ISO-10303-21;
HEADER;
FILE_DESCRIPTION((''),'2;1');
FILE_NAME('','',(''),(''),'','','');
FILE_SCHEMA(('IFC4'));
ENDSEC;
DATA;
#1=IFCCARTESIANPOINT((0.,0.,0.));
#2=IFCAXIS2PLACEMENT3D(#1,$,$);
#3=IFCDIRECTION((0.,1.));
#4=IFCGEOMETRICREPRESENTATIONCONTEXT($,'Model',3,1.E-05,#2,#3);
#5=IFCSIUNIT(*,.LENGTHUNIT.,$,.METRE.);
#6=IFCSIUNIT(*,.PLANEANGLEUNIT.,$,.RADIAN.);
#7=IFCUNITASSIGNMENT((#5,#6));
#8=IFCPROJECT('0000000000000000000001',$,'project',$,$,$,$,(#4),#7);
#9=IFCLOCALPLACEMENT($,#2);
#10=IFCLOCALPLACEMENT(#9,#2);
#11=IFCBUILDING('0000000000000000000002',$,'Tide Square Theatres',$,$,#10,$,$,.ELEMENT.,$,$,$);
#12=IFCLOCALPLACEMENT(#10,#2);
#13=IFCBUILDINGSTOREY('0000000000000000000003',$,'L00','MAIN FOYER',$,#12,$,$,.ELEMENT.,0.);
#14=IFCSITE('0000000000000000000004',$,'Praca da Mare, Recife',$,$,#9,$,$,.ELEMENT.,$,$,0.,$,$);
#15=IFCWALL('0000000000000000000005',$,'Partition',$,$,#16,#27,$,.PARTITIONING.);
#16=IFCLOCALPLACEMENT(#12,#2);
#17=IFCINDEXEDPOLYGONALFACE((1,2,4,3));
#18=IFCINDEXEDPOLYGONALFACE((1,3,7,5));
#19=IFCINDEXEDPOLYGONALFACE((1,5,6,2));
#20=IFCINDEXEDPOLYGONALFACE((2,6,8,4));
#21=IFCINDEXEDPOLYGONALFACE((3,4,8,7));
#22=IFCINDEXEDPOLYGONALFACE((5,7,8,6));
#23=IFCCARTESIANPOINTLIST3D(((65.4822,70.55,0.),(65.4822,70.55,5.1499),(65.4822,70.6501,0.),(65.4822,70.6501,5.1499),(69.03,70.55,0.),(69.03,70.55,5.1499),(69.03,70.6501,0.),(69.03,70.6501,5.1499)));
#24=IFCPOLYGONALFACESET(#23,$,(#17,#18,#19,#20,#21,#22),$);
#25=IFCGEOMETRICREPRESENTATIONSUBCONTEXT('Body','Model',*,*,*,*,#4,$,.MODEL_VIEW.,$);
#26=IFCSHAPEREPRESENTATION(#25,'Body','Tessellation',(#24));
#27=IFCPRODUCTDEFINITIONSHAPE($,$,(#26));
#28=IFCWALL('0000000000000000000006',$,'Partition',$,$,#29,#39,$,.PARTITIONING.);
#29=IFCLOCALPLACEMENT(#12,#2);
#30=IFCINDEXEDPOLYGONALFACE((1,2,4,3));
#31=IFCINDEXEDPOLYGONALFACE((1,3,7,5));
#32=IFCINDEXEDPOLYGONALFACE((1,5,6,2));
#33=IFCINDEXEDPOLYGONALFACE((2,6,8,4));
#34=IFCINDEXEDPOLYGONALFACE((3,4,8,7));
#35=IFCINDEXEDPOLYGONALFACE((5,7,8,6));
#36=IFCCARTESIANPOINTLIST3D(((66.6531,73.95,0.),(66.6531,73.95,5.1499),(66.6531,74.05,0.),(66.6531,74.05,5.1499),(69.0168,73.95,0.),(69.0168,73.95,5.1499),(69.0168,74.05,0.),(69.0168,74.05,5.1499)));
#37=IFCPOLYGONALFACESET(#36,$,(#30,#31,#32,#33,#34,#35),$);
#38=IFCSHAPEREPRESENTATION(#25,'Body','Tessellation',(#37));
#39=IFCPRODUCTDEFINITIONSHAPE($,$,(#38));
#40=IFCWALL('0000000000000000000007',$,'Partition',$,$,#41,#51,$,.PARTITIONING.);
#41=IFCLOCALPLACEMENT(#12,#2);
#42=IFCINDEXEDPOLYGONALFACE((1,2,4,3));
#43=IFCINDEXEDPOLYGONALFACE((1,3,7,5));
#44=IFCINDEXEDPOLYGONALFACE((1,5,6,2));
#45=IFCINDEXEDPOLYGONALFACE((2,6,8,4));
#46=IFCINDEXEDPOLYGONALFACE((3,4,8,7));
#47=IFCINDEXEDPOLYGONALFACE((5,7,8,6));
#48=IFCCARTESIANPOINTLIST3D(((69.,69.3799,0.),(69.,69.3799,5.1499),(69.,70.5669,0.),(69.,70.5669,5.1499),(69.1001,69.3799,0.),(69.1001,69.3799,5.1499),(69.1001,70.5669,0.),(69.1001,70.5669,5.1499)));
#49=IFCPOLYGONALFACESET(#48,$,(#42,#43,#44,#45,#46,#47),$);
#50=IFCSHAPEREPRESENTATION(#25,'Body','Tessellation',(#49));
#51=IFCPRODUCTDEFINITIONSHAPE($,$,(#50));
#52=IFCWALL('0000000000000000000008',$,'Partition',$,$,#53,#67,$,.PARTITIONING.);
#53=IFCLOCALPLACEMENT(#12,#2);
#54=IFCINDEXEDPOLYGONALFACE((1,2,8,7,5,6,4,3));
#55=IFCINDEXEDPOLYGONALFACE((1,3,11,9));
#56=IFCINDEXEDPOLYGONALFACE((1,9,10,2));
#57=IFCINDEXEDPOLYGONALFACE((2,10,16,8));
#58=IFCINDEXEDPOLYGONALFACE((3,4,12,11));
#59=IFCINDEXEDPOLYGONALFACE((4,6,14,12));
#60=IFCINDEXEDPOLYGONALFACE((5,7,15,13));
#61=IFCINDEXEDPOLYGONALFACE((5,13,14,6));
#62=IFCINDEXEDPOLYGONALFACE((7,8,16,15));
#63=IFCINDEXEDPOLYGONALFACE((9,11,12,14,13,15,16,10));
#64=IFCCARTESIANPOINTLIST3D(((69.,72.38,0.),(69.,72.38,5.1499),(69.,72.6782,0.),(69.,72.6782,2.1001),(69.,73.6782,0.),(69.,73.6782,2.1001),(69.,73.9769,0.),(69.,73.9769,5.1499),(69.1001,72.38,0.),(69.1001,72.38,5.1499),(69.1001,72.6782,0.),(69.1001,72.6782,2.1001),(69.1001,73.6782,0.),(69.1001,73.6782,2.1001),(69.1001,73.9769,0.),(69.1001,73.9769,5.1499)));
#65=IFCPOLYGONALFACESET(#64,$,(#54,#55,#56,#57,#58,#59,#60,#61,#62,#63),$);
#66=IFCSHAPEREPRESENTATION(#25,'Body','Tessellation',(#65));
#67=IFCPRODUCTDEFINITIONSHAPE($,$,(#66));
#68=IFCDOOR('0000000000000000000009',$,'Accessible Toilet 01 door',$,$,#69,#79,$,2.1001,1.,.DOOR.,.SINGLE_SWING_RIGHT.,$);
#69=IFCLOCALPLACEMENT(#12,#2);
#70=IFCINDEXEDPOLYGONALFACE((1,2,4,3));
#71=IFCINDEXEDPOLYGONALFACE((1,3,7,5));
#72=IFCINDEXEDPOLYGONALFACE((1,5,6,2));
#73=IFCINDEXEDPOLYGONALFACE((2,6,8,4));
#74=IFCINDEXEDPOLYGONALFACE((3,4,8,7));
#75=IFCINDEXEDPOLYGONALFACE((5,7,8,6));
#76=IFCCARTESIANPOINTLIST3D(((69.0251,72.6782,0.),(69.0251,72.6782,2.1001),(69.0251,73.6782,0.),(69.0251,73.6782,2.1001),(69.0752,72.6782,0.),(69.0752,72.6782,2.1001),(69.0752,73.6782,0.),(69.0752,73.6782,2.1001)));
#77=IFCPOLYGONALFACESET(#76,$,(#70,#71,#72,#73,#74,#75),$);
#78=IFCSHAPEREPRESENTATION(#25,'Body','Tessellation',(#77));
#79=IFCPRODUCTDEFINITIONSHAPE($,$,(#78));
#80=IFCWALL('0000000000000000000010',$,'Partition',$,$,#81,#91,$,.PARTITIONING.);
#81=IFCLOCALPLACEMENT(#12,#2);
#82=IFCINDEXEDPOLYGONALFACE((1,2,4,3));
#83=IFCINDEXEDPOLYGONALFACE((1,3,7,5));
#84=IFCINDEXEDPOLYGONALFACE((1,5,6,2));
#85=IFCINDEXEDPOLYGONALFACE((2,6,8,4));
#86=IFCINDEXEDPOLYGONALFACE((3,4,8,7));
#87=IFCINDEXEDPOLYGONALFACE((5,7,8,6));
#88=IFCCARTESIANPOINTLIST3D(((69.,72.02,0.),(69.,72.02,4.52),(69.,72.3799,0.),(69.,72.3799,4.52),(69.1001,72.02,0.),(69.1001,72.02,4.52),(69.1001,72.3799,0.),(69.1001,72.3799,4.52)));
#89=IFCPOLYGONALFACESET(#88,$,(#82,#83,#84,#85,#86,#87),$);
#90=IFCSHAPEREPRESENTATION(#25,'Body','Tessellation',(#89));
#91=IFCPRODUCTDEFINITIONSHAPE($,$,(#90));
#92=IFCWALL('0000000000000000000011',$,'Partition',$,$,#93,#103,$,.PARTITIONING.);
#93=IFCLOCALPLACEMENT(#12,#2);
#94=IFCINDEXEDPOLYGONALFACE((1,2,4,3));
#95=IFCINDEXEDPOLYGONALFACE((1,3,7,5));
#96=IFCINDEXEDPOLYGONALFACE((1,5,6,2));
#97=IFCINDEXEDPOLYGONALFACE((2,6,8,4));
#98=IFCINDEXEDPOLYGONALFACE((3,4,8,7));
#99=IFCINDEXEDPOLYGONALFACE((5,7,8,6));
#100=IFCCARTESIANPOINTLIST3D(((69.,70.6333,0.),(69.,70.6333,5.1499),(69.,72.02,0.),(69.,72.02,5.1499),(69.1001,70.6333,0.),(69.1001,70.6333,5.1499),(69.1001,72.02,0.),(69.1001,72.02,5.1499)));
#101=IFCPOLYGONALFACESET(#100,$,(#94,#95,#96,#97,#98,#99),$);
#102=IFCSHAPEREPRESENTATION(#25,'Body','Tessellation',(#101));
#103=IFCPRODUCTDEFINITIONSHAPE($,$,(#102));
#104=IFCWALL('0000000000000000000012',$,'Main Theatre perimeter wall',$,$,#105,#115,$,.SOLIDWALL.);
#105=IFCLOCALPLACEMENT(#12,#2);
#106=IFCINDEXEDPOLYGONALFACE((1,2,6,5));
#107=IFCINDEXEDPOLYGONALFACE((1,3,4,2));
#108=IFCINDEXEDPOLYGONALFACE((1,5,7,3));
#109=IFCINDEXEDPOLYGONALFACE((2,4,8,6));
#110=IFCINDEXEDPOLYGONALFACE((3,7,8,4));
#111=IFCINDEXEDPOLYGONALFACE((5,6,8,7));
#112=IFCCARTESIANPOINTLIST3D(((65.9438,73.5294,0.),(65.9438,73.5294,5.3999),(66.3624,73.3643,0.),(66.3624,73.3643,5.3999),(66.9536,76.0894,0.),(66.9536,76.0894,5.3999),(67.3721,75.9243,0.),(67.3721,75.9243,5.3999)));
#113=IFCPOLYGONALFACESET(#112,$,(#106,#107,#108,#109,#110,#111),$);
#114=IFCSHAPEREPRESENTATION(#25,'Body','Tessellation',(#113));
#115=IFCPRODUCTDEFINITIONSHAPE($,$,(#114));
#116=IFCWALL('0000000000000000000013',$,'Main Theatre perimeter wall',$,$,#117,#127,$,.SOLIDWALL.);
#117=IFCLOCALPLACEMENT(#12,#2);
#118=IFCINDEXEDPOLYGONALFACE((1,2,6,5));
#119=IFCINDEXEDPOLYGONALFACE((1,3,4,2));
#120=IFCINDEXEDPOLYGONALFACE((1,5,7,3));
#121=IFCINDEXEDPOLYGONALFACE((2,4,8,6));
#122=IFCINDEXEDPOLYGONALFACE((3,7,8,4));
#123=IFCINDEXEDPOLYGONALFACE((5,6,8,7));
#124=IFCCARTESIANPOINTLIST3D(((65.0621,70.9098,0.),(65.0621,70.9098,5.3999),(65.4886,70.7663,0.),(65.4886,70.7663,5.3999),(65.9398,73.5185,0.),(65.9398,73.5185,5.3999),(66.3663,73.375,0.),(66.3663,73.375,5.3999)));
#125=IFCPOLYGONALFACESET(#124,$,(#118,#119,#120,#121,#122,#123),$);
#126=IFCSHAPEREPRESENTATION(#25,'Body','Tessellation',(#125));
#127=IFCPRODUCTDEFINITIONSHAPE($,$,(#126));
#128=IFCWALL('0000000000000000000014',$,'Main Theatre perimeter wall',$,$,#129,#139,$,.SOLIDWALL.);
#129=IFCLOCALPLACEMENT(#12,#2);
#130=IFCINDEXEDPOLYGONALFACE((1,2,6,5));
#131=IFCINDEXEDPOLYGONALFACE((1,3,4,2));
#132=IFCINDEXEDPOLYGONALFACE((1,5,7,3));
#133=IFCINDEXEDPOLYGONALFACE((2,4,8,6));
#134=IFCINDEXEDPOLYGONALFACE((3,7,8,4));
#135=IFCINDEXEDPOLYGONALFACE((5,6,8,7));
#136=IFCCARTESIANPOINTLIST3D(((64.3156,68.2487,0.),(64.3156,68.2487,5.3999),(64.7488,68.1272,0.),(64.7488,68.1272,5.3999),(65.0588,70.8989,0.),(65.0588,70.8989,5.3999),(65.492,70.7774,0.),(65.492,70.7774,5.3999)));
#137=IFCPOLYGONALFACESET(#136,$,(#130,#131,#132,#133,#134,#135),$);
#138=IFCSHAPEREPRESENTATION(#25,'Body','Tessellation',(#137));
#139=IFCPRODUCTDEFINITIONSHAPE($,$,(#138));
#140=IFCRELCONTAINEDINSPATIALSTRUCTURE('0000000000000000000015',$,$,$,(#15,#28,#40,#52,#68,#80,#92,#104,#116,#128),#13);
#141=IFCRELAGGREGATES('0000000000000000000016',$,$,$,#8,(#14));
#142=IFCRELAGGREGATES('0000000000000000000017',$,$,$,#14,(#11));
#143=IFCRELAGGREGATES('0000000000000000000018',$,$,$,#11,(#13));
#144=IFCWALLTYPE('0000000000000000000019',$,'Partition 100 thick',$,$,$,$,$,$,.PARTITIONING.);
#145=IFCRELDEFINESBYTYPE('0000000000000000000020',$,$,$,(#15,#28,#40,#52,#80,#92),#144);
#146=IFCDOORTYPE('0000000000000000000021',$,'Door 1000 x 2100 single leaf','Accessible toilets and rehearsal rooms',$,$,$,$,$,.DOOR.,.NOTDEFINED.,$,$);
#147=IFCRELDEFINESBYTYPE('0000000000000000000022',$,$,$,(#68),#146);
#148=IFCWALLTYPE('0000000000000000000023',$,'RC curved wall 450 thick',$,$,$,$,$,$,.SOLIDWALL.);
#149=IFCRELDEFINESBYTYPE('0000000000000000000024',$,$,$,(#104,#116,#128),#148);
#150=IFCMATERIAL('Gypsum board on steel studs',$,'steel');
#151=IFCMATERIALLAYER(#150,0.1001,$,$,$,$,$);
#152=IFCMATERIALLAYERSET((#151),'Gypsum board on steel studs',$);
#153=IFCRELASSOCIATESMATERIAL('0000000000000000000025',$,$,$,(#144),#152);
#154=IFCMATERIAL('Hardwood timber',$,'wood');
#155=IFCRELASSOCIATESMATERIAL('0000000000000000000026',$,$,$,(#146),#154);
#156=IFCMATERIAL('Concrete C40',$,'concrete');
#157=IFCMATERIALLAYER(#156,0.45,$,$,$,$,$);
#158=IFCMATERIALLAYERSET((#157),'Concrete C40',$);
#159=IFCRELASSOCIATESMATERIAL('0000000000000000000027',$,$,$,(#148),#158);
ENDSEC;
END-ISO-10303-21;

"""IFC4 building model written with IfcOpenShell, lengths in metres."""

from ifc_helpers import new_model, si_unit, direction, frame, frame_2d, origin, place, context, subcontext, project, spatial, rectangle, extrude, material, layer, layer_set, type_object, element, fill, save


model = new_model("IFC4")

# Units and contexts
model_context = context("Model", 3, precision=1e-05, world=origin(), true_north=direction((0.0, 1.0)))
body_context = subcontext(model_context, "Body", "Model", "MODEL_VIEW")
ifc_project = project(units=[si_unit("LENGTHUNIT", "METRE"), si_unit("PLANEANGLEUNIT", "RADIAN")], contexts=[model_context])

# Site, building, storey
site_placement = place(None, origin())
site = spatial("IfcSite", under=ifc_project, at=site_placement, Name="Praca da Mare, Recife", CompositionType="ELEMENT", RefElevation=0.0)
building_placement = place(site_placement, origin())
building = spatial("IfcBuilding", under=site, at=building_placement, Name="Tide Square Theatres", CompositionType="ELEMENT")
storey_placement = place(building_placement, origin())
storey = spatial("IfcBuildingStorey", under=building, at=storey_placement, Name="L00", Description="MAIN FOYER", CompositionType="ELEMENT", Elevation=0.0)

# Walls
ifc_material_1 = material(Name="Gypsum board on steel studs", Category="steel")
ifc_layer_1 = layer(ifc_material_1, 0.1001)
ifc_layer_set_1 = layer_set([ifc_layer_1], Name="Gypsum board on steel studs")
wall_type_1 = type_object("IfcWallType", Name="Partition 100 thick", PredefinedType="PARTITIONING", material=ifc_layer_set_1)
wall_1_placement = place(storey_placement, frame((65.4822, 70.6001, 0.0), z_axis=(0.0, 0.0, 1.0), x_axis=(1.0, 0.0, 0.0)))
element("IfcWall", 1, at=wall_1_placement, inside=storey, type_object=wall_type_1, Name="Partition", PredefinedType="PARTITIONING", context=body_context, shape_type="SweptSolid", body=[
    extrude(rectangle(XDim=3.5479, YDim=0.1001, at=frame_2d((1.7739, 0.0))), origin(), (0.0, 0.0, 1.0), 5.1499),
])
wall_2_placement = place(storey_placement, frame((66.6531, 74.0, 0.0), z_axis=(0.0, 0.0, 1.0), x_axis=(1.0, 0.0, 0.0)))
element("IfcWall", 2, at=wall_2_placement, inside=storey, type_object=wall_type_1, Name="Partition", PredefinedType="PARTITIONING", context=body_context, shape_type="SweptSolid", body=[
    extrude(rectangle(XDim=2.3638, YDim=0.1001, at=frame_2d((1.1819, 0.0))), origin(), (0.0, 0.0, 1.0), 5.1499),
])
wall_3_placement = place(storey_placement, frame((69.05, 70.5669, 0.0), z_axis=(0.0, 0.0, 1.0), x_axis=(0.0, -1.0, 0.0)))
element("IfcWall", 3, at=wall_3_placement, inside=storey, type_object=wall_type_1, Name="Partition", PredefinedType="PARTITIONING", context=body_context, shape_type="SweptSolid", body=[
    extrude(rectangle(XDim=1.187, YDim=0.1001, at=frame_2d((0.5935, 0.0))), origin(), (0.0, 0.0, 1.0), 5.1499),
])

# Wall, opening, door
wall_4_placement = place(storey_placement, frame((69.05, 73.9768, 0.0), z_axis=(0.0, 0.0, 1.0), x_axis=(0.0, -1.0, 0.0)))
wall_4 = element("IfcWall", 4, at=wall_4_placement, inside=storey, type_object=wall_type_1, Name="Partition", PredefinedType="PARTITIONING", context=body_context, shape_type="SweptSolid", body=[
    extrude(rectangle(XDim=1.5969, YDim=0.1001, at=frame_2d((0.7983, 0.0))), origin(), (0.0, 0.0, 1.0), 5.1499),
])
opening_placement = place(wall_4_placement, frame((0.2986, 0.0, 0.0)))
opening = element("IfcOpeningElement", 5, at=opening_placement, cuts=wall_4, PredefinedType="OPENING", context=body_context, shape_type="SweptSolid", body=[
    extrude(rectangle(XDim=1.0, YDim=2.1001, at=frame_2d((0.5, 1.05))), frame((0.0, 0.0601, 0.0), z_axis=(0.0, -1.0, 0.0), x_axis=(1.0, 0.0, 0.0)), (0.0, 0.0, 1.0), 0.1201),
])
ifc_material_2 = material(Name="Hardwood timber", Category="wood")
door_type = type_object("IfcDoorType", Name="Door 1000 x 2100 single leaf", Description="Accessible toilets and rehearsal rooms", OperationType="NOTDEFINED", PredefinedType="DOOR", material=ifc_material_2)
door_placement = place(opening_placement, frame((1.0, 0.0, 0.0), z_axis=(0.0, 0.0, 1.0), x_axis=(-1.0, 0.0, 0.0)))
door = element("IfcDoor", 6, at=door_placement, inside=storey, type_object=door_type, Name="Accessible Toilet 01 door", OperationType="SINGLE_SWING_RIGHT", OverallHeight=2.1001, OverallWidth=1.0, PredefinedType="DOOR", context=body_context, shape_type="SweptSolid", body=[
    extrude(rectangle(XDim=1.0, YDim=2.1001, at=frame_2d((0.5, 1.05))), frame((0.0, 0.0249, 0.0), z_axis=(0.0, -1.0, 0.0), x_axis=(1.0, 0.0, 0.0)), (0.0, 0.0, 1.0), 0.05),
])
fill(opening, door)

# Walls
wall_5_placement = place(storey_placement, frame((69.05, 72.3799, 0.0), z_axis=(0.0, 0.0, 1.0), x_axis=(0.0, -1.0, 0.0)))
element("IfcWall", 7, at=wall_5_placement, inside=storey, type_object=wall_type_1, Name="Partition", PredefinedType="PARTITIONING", context=body_context, shape_type="SweptSolid", body=[
    extrude(rectangle(XDim=0.3599, YDim=0.1001, at=frame_2d((0.1799, 0.0))), origin(), (0.0, 0.0, 1.0), 4.52),
])
wall_6_placement = place(storey_placement, frame((69.05, 72.02, 0.0), z_axis=(0.0, 0.0, 1.0), x_axis=(0.0, -1.0, 0.0)))
element("IfcWall", 8, at=wall_6_placement, inside=storey, type_object=wall_type_1, Name="Partition", PredefinedType="PARTITIONING", context=body_context, shape_type="SweptSolid", body=[
    extrude(rectangle(XDim=1.3867, YDim=0.1001, at=frame_2d((0.6934, 0.0))), origin(), (0.0, 0.0, 1.0), 5.1499),
])
ifc_material_3 = material(Name="Concrete C40", Category="concrete")
ifc_layer_2 = layer(ifc_material_3, 0.45)
ifc_layer_set_2 = layer_set([ifc_layer_2], Name="Concrete C40")
wall_type_2 = type_object("IfcWallType", Name="RC curved wall 450 thick", PredefinedType="SOLIDWALL", material=ifc_layer_set_2)
wall_7_placement = place(storey_placement, frame((67.1628, 76.0068, 0.0), z_axis=(0.0, 0.0, 1.0), x_axis=(-0.36692, -0.930252, 0.0)))
element("IfcWall", 9, at=wall_7_placement, inside=storey, type_object=wall_type_2, Name="Main Theatre perimeter wall", PredefinedType="SOLIDWALL", context=body_context, shape_type="SweptSolid", body=[
    extrude(rectangle(XDim=2.752, YDim=0.45, at=frame_2d((1.376, 0.0))), origin(), (0.0, 0.0, 1.0), 5.3999),
])
for number, where, z_axis, x_axis, name in (
    (10, (66.1531, 73.4468, 0.0), (0.0, 0.0, 1.0), (-0.318888, -0.947793, 0.0), "Main Theatre perimeter wall"),
    (11, (65.2754, 70.8381, 0.0), (0.0, 0.0, 1.0), (-0.270008, -0.962858, 0.0), "Main Theatre perimeter wall"),
):
    element("IfcWall", number, at=place(storey_placement, frame(where, z_axis=z_axis, x_axis=x_axis)), inside=storey, type_object=wall_type_2, Name=name, PredefinedType="SOLIDWALL", context=body_context, shape_type="SweptSolid", body=[
        extrude(rectangle(XDim=2.7524, YDim=0.45, at=frame_2d((1.3762, 0.0))), origin(), (0.0, 0.0, 1.0), 5.3999),
    ])

save(model, "model.ifc")
